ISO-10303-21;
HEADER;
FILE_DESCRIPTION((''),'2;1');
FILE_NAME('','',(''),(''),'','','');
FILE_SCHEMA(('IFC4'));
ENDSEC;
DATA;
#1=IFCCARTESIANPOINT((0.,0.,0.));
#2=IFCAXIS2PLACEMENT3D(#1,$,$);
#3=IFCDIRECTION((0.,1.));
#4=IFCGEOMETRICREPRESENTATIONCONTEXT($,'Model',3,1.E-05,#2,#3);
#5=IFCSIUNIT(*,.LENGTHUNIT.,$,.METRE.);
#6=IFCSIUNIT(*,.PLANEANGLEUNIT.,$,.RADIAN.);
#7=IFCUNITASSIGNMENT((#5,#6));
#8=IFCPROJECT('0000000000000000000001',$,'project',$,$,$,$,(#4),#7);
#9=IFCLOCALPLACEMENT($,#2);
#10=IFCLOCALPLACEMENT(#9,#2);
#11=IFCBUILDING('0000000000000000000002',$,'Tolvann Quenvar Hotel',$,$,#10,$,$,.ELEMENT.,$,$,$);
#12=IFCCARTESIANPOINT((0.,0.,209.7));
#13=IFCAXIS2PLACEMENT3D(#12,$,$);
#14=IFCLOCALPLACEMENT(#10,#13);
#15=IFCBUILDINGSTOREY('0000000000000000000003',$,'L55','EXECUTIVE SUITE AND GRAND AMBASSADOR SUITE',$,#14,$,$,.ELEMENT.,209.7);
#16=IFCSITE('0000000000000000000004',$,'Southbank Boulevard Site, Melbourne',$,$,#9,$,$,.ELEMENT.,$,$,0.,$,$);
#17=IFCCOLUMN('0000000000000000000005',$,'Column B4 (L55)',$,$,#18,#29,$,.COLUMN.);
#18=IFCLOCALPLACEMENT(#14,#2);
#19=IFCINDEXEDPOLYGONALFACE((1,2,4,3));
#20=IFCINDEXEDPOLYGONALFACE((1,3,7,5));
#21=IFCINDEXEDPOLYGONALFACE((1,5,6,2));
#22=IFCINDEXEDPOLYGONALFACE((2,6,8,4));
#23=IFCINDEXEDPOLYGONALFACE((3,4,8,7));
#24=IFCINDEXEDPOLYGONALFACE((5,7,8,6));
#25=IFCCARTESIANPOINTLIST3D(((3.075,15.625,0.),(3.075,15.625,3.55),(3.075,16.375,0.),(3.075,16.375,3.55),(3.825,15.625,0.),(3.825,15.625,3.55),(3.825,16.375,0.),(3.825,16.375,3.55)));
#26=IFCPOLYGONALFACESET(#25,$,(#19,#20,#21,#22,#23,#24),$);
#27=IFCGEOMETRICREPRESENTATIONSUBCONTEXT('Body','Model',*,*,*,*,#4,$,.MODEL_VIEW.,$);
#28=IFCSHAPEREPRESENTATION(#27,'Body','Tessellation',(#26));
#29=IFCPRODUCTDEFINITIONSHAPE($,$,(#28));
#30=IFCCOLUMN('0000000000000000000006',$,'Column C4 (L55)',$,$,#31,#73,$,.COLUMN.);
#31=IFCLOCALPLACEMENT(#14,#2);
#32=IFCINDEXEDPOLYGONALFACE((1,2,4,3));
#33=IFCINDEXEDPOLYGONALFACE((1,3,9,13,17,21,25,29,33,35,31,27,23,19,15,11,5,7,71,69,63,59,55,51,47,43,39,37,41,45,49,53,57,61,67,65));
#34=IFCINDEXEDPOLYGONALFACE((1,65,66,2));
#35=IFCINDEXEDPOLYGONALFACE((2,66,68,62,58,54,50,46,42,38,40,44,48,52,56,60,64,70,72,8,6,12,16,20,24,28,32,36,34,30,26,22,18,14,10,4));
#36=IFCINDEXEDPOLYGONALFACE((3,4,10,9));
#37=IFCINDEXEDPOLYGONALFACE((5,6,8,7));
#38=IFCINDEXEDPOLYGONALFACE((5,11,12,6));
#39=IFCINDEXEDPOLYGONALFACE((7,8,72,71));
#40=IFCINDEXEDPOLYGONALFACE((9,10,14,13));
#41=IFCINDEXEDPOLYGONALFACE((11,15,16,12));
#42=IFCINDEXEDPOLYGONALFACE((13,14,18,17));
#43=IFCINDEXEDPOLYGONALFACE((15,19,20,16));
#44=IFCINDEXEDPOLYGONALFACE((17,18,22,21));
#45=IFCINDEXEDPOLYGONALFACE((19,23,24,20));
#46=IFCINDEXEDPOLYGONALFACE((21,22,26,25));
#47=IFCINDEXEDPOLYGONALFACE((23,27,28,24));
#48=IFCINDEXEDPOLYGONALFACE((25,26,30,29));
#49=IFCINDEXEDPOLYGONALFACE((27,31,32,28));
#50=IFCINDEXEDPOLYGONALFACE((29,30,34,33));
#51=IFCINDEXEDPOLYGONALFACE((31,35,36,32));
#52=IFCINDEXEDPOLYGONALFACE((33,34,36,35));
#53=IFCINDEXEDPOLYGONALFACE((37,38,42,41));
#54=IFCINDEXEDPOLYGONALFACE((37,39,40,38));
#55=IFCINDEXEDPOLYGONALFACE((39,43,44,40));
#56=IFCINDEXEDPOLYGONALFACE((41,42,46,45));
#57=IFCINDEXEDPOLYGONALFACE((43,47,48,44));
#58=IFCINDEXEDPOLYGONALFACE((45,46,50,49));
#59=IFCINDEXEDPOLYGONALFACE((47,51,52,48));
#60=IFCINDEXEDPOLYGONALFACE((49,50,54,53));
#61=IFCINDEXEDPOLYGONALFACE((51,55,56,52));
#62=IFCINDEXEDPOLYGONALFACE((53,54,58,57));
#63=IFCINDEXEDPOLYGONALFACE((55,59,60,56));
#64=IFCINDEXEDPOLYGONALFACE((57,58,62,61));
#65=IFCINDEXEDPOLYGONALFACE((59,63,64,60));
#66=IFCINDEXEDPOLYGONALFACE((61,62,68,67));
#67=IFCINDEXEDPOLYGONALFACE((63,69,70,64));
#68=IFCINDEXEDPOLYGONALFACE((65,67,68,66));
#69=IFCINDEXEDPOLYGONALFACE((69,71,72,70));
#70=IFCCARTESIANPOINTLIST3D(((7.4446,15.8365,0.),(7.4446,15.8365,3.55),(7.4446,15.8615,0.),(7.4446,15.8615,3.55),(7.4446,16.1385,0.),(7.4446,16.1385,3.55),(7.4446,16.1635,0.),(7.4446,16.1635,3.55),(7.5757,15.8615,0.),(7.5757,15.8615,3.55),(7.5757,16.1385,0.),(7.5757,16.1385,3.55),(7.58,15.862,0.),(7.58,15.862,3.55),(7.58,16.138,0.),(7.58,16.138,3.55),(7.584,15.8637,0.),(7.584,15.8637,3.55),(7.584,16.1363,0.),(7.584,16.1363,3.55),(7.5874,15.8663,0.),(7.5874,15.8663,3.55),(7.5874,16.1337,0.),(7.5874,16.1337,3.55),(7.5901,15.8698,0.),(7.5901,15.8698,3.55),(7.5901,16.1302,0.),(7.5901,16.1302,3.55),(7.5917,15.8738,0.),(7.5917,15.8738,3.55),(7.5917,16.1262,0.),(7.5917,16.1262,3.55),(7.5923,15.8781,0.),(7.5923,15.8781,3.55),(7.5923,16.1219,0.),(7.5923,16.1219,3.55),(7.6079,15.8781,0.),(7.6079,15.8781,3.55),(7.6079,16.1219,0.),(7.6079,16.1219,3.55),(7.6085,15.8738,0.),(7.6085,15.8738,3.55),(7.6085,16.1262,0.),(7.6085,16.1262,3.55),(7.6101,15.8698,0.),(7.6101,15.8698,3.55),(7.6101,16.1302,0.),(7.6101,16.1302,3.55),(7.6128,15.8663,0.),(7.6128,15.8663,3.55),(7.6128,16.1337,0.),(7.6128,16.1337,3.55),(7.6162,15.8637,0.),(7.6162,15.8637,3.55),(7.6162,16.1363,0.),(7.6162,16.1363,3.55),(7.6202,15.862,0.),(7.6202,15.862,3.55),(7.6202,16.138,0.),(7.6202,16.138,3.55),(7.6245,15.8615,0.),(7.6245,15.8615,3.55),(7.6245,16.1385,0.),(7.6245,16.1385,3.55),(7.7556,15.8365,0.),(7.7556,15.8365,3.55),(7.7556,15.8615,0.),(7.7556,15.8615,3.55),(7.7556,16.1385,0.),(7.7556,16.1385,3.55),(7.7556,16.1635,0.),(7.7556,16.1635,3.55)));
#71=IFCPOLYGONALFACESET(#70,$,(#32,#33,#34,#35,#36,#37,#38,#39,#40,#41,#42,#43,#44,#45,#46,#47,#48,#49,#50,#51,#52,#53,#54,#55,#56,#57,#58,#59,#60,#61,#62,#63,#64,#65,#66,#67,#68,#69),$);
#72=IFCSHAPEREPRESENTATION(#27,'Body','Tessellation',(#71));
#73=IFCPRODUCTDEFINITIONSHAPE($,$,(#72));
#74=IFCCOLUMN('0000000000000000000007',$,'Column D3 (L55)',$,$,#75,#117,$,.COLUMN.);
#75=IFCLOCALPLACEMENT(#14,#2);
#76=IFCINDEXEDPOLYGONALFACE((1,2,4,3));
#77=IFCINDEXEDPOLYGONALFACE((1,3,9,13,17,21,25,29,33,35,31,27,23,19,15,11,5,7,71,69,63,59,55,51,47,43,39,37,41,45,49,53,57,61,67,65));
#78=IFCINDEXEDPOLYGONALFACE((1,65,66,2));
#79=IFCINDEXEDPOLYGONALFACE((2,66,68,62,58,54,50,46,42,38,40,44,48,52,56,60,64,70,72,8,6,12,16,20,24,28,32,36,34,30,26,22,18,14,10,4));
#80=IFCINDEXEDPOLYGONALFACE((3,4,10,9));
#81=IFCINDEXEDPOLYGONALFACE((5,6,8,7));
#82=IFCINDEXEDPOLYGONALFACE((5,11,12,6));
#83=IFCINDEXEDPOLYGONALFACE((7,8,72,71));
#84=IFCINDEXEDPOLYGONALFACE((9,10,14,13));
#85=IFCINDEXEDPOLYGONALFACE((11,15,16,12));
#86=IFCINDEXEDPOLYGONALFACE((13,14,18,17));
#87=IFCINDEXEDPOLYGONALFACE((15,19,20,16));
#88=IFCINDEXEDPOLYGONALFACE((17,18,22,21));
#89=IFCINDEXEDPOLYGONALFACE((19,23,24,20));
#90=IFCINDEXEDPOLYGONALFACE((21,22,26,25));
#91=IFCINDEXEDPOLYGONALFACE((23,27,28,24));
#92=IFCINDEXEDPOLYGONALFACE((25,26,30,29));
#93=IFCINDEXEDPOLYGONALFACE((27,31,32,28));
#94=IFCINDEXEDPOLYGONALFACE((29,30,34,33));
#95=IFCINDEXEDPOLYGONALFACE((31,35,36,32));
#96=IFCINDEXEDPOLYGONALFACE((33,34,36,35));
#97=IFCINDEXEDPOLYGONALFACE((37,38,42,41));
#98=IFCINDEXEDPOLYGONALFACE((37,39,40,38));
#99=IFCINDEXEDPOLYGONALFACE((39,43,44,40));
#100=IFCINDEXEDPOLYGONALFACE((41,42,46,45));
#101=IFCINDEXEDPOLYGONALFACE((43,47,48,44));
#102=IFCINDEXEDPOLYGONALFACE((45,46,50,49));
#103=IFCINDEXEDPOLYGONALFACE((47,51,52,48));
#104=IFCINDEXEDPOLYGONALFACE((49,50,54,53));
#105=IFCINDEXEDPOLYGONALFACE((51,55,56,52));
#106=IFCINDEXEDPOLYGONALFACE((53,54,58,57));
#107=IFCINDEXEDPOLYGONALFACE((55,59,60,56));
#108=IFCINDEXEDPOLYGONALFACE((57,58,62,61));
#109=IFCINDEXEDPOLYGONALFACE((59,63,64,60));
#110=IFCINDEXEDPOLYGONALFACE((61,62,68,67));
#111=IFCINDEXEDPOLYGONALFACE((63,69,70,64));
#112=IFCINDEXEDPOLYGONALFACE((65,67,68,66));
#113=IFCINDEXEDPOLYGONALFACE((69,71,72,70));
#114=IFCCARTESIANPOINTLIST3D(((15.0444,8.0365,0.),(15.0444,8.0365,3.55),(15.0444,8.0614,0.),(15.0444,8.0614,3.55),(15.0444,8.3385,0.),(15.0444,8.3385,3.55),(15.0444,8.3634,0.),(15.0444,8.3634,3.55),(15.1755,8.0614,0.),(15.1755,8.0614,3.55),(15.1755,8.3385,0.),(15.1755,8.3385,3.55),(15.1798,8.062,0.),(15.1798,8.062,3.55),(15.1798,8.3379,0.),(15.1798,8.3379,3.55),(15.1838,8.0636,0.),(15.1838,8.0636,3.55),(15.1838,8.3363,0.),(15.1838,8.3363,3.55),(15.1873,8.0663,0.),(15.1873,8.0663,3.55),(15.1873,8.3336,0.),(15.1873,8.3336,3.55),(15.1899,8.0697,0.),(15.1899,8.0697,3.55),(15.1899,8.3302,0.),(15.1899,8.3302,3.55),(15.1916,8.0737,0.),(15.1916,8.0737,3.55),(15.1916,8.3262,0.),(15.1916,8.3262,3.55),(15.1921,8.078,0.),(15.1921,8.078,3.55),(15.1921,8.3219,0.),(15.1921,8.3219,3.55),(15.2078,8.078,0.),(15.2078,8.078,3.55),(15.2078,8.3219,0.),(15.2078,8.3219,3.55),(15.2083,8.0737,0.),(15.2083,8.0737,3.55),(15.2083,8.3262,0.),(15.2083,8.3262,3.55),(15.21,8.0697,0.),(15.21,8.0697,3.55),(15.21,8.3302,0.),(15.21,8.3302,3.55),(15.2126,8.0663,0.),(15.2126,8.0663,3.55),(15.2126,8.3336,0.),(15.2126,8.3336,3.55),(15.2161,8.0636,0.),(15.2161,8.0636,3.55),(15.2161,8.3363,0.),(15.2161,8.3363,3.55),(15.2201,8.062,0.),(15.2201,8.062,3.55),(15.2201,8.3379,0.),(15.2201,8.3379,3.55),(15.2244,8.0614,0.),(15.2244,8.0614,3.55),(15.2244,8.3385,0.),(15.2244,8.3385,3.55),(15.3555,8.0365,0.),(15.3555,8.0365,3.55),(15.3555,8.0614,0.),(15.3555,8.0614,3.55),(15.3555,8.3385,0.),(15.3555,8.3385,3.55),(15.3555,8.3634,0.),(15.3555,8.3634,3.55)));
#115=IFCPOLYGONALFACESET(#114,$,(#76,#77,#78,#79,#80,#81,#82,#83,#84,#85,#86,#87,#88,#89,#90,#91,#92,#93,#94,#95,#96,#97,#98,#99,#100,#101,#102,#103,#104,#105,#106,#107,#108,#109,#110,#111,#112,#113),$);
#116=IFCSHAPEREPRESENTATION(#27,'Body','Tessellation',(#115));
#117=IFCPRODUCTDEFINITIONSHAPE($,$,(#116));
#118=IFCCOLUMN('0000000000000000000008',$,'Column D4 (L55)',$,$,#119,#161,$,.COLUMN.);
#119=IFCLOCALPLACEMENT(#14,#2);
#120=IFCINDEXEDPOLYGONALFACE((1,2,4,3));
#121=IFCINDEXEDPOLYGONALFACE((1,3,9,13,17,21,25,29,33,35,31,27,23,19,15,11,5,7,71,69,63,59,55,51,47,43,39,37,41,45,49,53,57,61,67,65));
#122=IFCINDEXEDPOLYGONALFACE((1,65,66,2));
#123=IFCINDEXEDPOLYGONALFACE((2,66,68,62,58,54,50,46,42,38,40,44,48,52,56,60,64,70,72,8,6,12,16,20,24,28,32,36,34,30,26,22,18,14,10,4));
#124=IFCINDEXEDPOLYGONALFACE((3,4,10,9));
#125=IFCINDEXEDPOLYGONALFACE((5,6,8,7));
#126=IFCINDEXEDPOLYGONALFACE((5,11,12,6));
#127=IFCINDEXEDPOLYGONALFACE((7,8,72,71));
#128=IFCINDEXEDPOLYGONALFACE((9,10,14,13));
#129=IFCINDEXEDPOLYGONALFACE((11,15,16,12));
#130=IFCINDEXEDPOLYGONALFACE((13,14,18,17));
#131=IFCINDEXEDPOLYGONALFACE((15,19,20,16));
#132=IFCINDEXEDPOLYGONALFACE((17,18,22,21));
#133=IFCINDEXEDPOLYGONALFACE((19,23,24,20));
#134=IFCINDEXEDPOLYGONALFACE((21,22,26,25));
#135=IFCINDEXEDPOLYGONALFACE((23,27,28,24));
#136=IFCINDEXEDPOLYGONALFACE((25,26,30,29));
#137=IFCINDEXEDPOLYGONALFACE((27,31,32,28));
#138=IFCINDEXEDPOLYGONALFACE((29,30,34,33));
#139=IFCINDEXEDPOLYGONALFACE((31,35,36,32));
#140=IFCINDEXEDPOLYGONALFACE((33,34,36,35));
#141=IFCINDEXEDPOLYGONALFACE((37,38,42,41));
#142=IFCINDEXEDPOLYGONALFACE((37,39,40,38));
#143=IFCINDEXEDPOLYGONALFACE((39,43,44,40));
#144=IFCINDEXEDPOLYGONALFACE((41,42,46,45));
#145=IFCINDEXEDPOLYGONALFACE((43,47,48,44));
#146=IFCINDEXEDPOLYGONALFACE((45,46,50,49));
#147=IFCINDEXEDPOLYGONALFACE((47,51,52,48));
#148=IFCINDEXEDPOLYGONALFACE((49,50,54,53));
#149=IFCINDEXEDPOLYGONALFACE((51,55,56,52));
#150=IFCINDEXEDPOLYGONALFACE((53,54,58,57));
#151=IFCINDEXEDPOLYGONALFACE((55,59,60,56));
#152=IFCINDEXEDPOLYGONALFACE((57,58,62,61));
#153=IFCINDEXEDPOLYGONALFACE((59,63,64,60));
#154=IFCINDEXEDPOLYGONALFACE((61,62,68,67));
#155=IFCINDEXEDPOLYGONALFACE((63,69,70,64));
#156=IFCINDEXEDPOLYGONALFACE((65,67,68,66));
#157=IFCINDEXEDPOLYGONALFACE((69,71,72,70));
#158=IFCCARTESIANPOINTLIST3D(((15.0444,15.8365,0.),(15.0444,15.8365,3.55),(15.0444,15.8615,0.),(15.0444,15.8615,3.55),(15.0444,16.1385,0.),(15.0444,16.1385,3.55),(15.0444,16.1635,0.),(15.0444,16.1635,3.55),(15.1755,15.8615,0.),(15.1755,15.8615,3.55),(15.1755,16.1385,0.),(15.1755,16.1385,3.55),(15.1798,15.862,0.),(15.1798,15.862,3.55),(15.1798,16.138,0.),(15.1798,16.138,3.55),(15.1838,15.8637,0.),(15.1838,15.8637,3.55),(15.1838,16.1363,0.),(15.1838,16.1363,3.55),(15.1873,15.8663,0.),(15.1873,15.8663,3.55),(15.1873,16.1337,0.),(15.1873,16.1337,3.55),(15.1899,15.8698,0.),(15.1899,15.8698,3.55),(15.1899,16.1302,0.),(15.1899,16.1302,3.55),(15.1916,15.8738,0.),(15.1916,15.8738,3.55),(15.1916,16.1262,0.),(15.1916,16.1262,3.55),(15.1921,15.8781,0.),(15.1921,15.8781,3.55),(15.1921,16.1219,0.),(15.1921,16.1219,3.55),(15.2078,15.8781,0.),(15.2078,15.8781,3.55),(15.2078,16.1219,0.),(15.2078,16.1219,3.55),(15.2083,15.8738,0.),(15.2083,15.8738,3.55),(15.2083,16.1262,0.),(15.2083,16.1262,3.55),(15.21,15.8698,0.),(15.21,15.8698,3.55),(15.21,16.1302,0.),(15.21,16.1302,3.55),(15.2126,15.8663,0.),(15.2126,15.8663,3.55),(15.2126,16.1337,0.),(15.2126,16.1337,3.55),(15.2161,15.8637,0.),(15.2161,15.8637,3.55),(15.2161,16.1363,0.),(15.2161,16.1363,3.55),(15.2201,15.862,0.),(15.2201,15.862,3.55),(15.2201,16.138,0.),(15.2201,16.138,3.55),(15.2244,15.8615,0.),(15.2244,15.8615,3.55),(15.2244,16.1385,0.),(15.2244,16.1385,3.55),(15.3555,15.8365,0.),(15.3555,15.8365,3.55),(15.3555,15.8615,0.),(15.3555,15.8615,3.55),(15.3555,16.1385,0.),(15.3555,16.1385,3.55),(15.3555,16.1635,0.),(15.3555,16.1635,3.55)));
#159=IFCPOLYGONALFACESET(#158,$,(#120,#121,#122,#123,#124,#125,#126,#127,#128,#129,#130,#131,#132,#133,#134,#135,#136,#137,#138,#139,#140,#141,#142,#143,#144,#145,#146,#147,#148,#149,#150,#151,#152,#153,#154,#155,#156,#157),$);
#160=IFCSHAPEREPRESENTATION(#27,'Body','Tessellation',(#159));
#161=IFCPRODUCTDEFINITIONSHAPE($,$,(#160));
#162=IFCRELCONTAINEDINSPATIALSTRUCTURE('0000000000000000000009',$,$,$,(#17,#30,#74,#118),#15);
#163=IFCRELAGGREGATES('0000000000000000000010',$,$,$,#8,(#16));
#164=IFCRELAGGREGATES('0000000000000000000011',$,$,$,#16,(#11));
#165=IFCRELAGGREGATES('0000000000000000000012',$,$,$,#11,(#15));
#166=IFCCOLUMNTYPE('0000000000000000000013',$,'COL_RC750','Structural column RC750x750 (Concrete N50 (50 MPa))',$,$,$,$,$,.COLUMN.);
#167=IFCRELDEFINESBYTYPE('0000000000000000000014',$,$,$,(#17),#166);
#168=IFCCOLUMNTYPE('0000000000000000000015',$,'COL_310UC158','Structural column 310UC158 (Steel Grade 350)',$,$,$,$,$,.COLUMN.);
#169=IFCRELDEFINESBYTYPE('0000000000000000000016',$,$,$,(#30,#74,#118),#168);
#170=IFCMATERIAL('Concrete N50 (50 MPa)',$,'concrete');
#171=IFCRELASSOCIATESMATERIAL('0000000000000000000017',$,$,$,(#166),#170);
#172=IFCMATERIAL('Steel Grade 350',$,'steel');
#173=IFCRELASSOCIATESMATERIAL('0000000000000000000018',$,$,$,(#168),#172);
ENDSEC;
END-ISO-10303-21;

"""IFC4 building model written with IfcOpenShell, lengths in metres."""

from ifc_helpers import new_model, si_unit, direction, frame, origin, origin_2d, place, context, subcontext, project, spatial, rectangle, i_section, extrude, source, transform, mapped, material, material_profile, profile_set, type_object, type_shapes, element, save


model = new_model("IFC4")

# Units and contexts
model_context = context("Model", 3, precision=1e-05, world=origin(), true_north=direction((0.0, 1.0)))
body_context = subcontext(model_context, "Body", "Model", "MODEL_VIEW")
ifc_project = project(units=[si_unit("LENGTHUNIT", "METRE"), si_unit("PLANEANGLEUNIT", "RADIAN")], contexts=[model_context])

# Site, building, storey
site_placement = place(None, origin())
site = spatial("IfcSite", under=ifc_project, at=site_placement, Name="Southbank Boulevard Site, Melbourne", CompositionType="ELEMENT", RefElevation=0.0)
building_placement = place(site_placement, origin())
building = spatial("IfcBuilding", under=site, at=building_placement, Name="Tolvann Quenvar Hotel", CompositionType="ELEMENT")
storey_placement = place(building_placement, frame((0.0, 0.0, 209.7)))
storey = spatial("IfcBuildingStorey", under=building, at=storey_placement, Name="L55", Description="EXECUTIVE SUITE AND GRAND AMBASSADOR SUITE", CompositionType="ELEMENT", Elevation=209.7)

# Columns
ifc_material_1 = material(Name="Concrete N50 (50 MPa)", Category="concrete")
ifc_material_profile_1 = material_profile(ifc_material_1, rectangle(XDim=0.75, YDim=0.75, at=origin_2d()), Name="RC750x750")
ifc_profile_set_1 = profile_set([ifc_material_profile_1], Name="Concrete N50 (50 MPa)")
column_type_1 = type_object("IfcColumnType", Name="COL_RC750", Description="Structural column RC750x750 (Concrete N50 (50 MPa))", PredefinedType="COLUMN", material=ifc_profile_set_1)
shared_shape_1 = source(origin(), body_context, "Body", "SweptSolid", [
    extrude(rectangle(XDim=0.75, YDim=0.75, at=origin_2d()), origin(), (0.0, 0.0, 1.0), 3.55),
])
type_shapes(column_type_1, [shared_shape_1])
column_placement = place(storey_placement, frame((3.45, 16.0, 0.0), z_axis=(0.0, 0.0, 1.0), x_axis=(1.0, 0.0, 0.0)))
element("IfcColumn", 1, at=column_placement, inside=storey, type_object=column_type_1, Name="Column B4 (L55)", PredefinedType="COLUMN", context=body_context, shape_type="MappedRepresentation", body=[
    mapped(shared_shape_1, transform((0.0, 0.0, 0.0), x_axis=(1.0, 0.0, 0.0), y_axis=(0.0, 1.0, 0.0), z_axis=(0.0, 0.0, 1.0), scale=1.0)),
])
ifc_material_2 = material(Name="Steel Grade 350", Category="steel")
ifc_material_profile_2 = material_profile(ifc_material_2, i_section(OverallWidth=0.311, OverallDepth=0.3269, WebThickness=0.0156, FlangeThickness=0.0249, FilletRadius=0.0166, at=origin_2d()), Name="310UC158")
ifc_profile_set_2 = profile_set([ifc_material_profile_2], Name="Steel Grade 350")
column_type_2 = type_object("IfcColumnType", Name="COL_310UC158", Description="Structural column 310UC158 (Steel Grade 350)", PredefinedType="COLUMN", material=ifc_profile_set_2)
shared_shape_2 = source(origin(), body_context, "Body", "SweptSolid", [
    extrude(i_section(OverallWidth=0.311, OverallDepth=0.3269, WebThickness=0.0156, FlangeThickness=0.0249, FilletRadius=0.0166, at=origin_2d()), origin(), (0.0, 0.0, 1.0), 3.55),
])
type_shapes(column_type_2, [shared_shape_2])
for number, where, z_axis, x_axis, name in (
    (2, (7.6001, 16.0, 0.0), (0.0, 0.0, 1.0), (1.0, 0.0, 0.0), "Column C4 (L55)"),
    (3, (15.2, 8.2, 0.0), (0.0, 0.0, 1.0), (1.0, 0.0, 0.0), "Column D3 (L55)"),
    (4, (15.2, 16.0, 0.0), (0.0, 0.0, 1.0), (1.0, 0.0, 0.0), "Column D4 (L55)"),
):
    element("IfcColumn", number, at=place(storey_placement, frame(where, z_axis=z_axis, x_axis=x_axis)), inside=storey, type_object=column_type_2, Name=name, PredefinedType="COLUMN", context=body_context, shape_type="MappedRepresentation", body=[
        mapped(shared_shape_2, transform((0.0, 0.0, 0.0), x_axis=(1.0, 0.0, 0.0), y_axis=(0.0, 1.0, 0.0), z_axis=(0.0, 0.0, 1.0), scale=1.0)),
    ])

save(model, "model.ifc")
